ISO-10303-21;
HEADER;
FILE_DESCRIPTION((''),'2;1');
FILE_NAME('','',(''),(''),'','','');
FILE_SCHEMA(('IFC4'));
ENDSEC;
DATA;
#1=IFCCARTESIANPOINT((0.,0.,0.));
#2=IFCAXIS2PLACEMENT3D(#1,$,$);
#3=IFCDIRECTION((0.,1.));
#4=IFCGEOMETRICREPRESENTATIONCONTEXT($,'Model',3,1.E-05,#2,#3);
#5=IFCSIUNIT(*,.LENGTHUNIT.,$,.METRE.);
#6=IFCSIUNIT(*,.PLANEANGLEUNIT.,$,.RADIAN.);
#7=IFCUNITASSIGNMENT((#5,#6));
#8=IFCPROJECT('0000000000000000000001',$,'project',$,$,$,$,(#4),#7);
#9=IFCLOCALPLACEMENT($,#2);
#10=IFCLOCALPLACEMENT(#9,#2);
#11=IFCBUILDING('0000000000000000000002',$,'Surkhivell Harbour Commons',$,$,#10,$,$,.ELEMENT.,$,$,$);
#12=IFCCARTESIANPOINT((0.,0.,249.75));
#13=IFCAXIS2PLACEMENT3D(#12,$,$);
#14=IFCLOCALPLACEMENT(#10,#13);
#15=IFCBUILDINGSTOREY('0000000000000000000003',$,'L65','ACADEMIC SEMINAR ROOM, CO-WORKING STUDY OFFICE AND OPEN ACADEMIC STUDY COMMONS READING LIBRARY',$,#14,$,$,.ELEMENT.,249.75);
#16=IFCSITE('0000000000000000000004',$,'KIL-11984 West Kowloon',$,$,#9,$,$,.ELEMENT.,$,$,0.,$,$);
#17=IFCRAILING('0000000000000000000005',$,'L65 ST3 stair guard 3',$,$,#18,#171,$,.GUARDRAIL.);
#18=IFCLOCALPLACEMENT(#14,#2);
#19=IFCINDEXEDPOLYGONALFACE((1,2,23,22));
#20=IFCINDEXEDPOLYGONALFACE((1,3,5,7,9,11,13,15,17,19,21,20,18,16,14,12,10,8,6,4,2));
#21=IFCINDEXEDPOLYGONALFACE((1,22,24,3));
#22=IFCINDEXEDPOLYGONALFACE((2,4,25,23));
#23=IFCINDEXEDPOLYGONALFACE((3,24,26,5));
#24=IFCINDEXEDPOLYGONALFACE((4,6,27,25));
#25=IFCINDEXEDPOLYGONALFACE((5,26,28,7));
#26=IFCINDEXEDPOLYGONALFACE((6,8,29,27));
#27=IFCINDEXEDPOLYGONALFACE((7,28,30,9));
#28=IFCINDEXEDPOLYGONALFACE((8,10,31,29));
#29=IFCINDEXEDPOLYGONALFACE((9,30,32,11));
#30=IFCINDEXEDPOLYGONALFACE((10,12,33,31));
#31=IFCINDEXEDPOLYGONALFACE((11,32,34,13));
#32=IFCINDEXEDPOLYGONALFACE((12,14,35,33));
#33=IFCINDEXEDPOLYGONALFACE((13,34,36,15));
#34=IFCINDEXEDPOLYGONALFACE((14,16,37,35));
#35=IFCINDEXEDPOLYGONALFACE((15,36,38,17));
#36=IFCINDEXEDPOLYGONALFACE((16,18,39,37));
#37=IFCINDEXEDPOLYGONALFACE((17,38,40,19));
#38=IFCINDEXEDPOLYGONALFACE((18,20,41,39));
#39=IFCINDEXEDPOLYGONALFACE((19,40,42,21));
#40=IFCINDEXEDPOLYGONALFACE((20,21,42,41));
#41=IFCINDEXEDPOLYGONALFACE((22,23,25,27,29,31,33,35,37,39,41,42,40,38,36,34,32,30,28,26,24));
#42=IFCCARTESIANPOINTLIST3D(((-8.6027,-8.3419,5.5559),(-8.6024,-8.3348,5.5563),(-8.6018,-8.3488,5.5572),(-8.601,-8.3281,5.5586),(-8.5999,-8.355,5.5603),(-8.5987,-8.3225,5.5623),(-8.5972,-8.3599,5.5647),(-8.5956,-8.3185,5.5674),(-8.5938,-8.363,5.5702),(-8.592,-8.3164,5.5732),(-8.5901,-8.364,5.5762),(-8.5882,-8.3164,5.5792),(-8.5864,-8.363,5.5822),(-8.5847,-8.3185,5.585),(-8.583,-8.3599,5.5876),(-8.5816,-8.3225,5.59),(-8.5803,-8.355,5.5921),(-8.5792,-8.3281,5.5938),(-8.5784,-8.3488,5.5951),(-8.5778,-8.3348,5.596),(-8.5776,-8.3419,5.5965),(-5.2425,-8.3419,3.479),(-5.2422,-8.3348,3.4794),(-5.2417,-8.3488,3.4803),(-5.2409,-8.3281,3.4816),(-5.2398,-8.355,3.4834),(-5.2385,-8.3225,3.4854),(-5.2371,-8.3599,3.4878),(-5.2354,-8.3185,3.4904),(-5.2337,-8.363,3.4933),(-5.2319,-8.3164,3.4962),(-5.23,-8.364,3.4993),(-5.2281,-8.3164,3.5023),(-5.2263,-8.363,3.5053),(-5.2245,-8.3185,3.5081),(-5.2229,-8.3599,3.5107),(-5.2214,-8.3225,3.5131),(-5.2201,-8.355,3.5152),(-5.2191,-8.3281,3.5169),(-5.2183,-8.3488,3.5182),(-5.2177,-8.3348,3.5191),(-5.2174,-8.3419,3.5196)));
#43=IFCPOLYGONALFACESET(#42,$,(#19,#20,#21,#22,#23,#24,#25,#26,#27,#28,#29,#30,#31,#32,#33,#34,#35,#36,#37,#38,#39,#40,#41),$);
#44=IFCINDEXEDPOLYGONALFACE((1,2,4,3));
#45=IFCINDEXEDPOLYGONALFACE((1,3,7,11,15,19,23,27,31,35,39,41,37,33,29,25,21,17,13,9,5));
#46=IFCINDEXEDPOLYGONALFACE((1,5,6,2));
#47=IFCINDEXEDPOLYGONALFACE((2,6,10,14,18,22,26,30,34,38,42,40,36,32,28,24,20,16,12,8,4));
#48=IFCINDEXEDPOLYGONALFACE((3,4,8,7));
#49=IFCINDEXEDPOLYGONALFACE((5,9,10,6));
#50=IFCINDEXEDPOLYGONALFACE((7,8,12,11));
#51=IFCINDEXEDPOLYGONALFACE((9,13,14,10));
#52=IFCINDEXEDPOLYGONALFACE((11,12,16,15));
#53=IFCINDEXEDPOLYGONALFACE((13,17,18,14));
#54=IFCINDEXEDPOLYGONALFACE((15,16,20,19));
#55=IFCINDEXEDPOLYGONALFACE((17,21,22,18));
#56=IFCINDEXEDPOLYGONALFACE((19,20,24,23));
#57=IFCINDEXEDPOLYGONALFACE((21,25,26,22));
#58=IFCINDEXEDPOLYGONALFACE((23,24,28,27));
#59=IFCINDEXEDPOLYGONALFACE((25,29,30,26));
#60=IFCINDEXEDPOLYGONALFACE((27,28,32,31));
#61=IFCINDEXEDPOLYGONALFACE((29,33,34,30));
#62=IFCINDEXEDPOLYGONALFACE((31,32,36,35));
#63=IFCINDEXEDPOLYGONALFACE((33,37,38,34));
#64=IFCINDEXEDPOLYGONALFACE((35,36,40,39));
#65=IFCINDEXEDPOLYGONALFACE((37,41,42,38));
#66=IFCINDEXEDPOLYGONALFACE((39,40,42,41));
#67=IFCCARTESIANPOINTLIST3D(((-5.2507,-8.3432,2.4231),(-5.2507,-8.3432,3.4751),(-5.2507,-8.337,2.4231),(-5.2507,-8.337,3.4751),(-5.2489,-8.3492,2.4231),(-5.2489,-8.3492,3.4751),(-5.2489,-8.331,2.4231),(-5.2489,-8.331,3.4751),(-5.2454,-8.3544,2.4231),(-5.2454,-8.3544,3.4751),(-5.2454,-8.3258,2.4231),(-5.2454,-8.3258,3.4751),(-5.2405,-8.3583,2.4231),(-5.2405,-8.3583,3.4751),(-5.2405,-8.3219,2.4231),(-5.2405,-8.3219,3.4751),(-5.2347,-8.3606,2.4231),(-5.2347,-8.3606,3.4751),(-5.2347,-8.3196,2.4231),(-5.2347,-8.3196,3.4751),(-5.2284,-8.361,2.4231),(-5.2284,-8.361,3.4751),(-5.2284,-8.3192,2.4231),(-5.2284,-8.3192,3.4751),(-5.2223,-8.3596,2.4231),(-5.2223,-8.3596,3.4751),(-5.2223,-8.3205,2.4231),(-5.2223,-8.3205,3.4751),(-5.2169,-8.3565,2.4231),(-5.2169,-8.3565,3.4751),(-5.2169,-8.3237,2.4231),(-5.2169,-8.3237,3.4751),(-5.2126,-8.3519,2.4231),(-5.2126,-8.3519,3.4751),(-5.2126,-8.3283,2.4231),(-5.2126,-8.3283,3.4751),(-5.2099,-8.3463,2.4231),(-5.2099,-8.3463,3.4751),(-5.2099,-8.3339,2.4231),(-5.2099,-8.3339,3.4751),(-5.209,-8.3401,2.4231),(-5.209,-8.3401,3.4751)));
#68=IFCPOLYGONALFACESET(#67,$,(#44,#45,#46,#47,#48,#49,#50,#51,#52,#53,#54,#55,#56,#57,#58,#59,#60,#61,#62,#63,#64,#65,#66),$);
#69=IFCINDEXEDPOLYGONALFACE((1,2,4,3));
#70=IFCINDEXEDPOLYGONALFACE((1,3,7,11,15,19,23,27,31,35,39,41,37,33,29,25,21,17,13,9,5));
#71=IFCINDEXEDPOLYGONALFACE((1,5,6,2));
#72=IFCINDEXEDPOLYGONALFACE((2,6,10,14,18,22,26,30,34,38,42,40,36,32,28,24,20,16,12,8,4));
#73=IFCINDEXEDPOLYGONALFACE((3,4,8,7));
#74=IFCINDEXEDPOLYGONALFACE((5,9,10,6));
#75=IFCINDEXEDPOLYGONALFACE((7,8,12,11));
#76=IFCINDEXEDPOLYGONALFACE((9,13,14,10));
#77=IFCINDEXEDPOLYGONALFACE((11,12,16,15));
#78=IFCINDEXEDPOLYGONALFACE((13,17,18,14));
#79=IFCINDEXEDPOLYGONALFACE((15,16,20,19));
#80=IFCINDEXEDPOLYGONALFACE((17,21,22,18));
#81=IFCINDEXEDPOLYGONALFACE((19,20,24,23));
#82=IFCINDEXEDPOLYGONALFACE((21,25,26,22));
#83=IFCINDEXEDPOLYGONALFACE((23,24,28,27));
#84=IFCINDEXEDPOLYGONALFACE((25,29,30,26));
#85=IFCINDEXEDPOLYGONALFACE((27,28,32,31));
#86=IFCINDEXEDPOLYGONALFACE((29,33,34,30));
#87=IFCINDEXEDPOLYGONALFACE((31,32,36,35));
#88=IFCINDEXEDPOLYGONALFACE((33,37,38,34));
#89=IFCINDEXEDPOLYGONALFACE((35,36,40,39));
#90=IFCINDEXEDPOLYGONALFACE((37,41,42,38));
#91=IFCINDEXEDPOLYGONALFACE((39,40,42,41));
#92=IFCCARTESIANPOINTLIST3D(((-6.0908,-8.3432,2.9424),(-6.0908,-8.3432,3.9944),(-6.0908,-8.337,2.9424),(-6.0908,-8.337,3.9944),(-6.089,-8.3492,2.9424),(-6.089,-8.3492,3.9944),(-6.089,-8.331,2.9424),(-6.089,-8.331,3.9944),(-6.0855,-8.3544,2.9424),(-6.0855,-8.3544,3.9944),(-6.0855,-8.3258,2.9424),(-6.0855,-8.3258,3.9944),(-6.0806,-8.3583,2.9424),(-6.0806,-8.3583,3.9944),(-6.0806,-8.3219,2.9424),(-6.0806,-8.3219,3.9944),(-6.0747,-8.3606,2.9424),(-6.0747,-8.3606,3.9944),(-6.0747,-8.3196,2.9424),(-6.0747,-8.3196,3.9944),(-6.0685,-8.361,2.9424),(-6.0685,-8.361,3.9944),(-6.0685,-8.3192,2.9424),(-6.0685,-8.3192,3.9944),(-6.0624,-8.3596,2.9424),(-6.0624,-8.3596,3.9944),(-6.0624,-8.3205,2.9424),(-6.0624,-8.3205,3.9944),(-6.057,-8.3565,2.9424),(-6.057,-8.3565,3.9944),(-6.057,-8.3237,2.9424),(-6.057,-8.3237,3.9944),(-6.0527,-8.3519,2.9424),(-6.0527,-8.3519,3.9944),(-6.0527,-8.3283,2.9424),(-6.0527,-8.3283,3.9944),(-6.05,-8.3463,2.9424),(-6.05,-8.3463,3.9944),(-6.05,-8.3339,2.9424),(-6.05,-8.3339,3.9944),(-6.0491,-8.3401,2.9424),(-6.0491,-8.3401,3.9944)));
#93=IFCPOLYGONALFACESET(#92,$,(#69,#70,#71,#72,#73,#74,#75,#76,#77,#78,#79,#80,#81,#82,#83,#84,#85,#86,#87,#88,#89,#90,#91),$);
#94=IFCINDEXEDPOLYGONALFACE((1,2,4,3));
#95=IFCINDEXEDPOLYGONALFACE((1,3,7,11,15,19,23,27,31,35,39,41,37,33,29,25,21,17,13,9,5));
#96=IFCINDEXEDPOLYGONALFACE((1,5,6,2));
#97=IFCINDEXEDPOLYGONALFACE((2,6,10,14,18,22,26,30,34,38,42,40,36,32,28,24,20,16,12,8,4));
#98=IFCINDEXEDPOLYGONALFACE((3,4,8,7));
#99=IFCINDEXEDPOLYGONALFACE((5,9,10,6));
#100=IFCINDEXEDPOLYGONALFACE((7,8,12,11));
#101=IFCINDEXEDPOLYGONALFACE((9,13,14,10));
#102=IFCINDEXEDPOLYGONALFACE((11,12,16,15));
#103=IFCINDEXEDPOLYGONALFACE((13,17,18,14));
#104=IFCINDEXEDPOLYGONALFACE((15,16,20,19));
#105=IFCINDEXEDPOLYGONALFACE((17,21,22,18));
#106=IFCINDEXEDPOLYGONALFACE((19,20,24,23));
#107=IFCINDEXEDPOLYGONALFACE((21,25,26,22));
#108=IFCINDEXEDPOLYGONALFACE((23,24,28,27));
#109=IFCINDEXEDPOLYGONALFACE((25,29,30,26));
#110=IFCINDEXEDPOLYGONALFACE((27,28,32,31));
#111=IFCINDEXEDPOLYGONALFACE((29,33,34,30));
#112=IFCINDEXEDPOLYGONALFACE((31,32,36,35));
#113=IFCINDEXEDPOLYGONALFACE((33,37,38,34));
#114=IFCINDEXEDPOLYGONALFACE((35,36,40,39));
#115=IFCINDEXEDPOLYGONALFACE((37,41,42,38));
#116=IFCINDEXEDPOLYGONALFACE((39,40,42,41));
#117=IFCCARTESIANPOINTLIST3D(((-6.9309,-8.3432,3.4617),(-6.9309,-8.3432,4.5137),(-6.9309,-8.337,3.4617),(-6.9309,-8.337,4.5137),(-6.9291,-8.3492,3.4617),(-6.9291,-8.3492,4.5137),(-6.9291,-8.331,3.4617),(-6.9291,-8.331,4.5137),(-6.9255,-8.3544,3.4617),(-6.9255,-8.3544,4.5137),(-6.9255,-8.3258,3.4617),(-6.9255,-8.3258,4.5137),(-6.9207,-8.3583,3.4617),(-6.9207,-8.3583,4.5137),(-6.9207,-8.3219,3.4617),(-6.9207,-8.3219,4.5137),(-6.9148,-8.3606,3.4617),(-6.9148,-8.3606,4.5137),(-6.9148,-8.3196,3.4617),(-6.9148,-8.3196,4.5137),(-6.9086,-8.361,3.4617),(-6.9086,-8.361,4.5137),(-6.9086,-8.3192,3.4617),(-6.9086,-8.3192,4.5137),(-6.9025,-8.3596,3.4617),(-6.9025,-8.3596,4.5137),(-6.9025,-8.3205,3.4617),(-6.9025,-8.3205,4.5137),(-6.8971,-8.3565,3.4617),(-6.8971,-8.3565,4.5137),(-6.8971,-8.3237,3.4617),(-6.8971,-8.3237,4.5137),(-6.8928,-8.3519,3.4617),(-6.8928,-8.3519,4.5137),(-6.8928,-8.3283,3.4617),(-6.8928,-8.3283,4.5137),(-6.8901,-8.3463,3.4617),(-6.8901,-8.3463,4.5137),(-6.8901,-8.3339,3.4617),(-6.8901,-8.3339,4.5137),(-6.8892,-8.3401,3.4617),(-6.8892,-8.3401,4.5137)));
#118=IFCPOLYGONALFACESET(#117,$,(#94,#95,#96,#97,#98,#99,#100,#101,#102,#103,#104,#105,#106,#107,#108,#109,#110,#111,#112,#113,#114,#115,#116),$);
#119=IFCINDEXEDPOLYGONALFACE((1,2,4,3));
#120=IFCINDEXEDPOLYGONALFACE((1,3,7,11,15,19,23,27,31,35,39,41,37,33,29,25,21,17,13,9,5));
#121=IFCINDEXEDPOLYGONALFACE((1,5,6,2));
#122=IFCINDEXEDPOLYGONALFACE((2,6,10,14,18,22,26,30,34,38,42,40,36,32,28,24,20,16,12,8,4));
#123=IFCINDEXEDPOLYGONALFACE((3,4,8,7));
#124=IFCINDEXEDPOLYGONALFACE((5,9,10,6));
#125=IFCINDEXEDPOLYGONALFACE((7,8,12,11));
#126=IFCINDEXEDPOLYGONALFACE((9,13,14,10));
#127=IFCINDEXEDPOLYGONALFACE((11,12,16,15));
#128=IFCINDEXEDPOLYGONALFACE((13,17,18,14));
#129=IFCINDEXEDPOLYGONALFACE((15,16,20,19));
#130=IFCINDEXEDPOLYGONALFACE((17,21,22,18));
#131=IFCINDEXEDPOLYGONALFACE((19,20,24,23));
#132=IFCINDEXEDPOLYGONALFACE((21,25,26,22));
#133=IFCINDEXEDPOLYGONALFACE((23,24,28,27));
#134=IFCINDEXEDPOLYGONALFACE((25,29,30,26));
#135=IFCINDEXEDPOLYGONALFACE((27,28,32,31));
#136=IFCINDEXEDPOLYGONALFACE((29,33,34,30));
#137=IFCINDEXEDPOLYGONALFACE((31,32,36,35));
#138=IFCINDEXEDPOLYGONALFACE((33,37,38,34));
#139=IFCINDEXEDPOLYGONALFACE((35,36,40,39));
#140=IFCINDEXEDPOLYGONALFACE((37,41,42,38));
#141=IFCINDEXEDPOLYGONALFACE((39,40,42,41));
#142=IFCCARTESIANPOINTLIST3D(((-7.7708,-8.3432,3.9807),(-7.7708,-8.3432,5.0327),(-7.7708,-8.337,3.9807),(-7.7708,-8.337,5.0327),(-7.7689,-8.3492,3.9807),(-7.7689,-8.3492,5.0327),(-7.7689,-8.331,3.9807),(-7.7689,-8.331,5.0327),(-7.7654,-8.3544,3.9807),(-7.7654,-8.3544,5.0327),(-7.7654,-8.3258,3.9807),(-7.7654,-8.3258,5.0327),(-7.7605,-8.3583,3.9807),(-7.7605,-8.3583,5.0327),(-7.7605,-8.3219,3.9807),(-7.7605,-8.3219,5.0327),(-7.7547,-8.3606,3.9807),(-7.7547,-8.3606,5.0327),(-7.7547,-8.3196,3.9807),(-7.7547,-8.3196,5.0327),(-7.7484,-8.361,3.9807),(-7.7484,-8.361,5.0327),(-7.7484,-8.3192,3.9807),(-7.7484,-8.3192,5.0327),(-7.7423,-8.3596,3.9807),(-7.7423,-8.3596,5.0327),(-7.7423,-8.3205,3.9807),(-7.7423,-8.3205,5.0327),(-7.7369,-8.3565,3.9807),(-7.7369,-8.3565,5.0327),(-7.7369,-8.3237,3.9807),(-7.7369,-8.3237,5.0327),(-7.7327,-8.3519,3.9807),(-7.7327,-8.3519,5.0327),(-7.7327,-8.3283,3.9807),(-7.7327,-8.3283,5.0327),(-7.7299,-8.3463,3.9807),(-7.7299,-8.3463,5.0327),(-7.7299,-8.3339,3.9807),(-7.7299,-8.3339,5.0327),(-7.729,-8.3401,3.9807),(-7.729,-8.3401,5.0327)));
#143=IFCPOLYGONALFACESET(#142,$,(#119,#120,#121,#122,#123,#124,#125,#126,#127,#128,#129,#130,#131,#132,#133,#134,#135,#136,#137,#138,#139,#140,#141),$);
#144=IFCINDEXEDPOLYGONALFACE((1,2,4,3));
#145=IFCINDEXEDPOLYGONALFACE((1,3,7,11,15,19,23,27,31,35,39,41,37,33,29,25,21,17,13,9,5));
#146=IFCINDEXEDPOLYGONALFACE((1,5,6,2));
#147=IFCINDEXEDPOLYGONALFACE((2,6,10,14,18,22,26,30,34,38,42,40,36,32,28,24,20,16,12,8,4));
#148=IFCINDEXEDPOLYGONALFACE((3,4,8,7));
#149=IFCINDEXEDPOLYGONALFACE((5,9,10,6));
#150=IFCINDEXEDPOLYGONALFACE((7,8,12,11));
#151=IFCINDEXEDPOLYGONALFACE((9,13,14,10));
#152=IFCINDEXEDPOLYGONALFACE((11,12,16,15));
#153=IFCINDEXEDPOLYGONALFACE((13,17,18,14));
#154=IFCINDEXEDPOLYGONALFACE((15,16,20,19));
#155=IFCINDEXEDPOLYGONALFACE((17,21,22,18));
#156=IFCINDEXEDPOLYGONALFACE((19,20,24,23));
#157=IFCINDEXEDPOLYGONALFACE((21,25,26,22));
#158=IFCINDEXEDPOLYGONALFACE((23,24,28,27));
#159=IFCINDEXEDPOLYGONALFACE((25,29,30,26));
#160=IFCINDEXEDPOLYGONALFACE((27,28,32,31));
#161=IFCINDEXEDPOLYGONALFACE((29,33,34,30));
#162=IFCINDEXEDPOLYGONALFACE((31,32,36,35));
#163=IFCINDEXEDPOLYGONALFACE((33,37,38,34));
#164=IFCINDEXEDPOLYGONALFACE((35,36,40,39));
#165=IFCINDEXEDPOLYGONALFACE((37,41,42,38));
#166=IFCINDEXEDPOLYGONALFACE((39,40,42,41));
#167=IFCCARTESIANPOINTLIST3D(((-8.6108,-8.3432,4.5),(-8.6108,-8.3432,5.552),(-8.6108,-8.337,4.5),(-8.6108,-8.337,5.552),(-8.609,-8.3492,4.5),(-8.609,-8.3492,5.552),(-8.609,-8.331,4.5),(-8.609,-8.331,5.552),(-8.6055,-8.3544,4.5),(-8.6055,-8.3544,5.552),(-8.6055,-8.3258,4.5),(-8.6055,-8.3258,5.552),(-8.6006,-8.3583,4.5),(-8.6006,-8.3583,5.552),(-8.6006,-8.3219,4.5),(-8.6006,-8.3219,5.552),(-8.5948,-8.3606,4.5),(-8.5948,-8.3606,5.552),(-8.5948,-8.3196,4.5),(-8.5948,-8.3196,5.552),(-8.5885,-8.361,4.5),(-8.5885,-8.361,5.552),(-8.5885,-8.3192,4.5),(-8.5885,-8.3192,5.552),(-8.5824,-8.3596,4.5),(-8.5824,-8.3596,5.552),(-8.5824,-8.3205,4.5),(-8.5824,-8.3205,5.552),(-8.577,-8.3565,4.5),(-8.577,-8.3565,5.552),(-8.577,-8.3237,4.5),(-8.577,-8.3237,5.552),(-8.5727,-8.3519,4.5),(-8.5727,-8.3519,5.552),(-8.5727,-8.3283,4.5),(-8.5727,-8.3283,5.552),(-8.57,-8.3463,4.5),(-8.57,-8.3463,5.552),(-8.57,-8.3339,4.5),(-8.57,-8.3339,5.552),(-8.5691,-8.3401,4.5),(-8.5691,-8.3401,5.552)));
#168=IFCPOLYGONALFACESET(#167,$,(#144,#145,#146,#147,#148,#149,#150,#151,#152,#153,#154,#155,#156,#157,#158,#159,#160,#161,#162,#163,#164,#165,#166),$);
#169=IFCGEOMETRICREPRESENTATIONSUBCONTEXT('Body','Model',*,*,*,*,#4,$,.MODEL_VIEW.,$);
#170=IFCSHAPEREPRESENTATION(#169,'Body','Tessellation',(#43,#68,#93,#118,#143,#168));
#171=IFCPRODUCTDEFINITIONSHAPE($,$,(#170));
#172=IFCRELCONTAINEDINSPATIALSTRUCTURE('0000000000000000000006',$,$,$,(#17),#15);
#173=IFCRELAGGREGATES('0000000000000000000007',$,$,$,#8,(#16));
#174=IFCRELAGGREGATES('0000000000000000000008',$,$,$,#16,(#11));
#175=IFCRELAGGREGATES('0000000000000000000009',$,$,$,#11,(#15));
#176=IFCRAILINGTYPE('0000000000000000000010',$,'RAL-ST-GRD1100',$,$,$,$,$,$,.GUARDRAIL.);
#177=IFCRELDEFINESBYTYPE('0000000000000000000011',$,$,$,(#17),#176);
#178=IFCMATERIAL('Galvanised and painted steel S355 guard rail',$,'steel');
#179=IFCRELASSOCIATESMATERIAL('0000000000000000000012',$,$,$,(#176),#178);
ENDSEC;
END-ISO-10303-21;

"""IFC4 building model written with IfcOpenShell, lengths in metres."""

from ifc_helpers import new_model, si_unit, direction, frame, origin, origin_2d, place, context, subcontext, project, spatial, circle, extrude, material, type_object, element, save


model = new_model("IFC4")

# Units and contexts
model_context = context("Model", 3, precision=1e-05, world=origin(), true_north=direction((0.0, 1.0)))
body_context = subcontext(model_context, "Body", "Model", "MODEL_VIEW")
ifc_project = project(units=[si_unit("LENGTHUNIT", "METRE"), si_unit("PLANEANGLEUNIT", "RADIAN")], contexts=[model_context])

# Site, building, storey
site_placement = place(None, origin())
site = spatial("IfcSite", under=ifc_project, at=site_placement, Name="KIL-11984 West Kowloon", CompositionType="ELEMENT", RefElevation=0.0)
building_placement = place(site_placement, origin())
building = spatial("IfcBuilding", under=site, at=building_placement, Name="Surkhivell Harbour Commons", CompositionType="ELEMENT")
storey_placement = place(building_placement, frame((0.0, 0.0, 249.75)))
storey = spatial("IfcBuildingStorey", under=building, at=storey_placement, Name="L65", Description="ACADEMIC SEMINAR ROOM, CO-WORKING STUDY OFFICE AND OPEN ACADEMIC STUDY COMMONS READING LIBRARY", CompositionType="ELEMENT", Elevation=249.75)

# Railing
ifc_material_1 = material(Name="Galvanised and painted steel S355 guard rail", Category="steel")
railing_type_1 = type_object("IfcRailingType", Name="RAL-ST-GRD1100", PredefinedType="GUARDRAIL", material=ifc_material_1)
railing_1_placement = place(storey_placement, frame((-5.23, -8.3401, 2.4231)))
element("IfcRailing", 1, at=railing_1_placement, inside=storey, type_object=railing_type_1, Name="L65 ST3 stair guard 3", PredefinedType="GUARDRAIL", context=body_context, shape_type="SweptSolid", body=[
    extrude(circle(Radius=0.0239, at=origin_2d()), frame((0.0, 0.0, 1.0762), z_axis=(-0.850623, 0.0, 0.525776), x_axis=(0.0, -1.0, 0.0)), (0.0, 0.0, 1.0), 3.9502),
    extrude(circle(Radius=0.021, at=origin_2d()), origin(), (0.0, 0.0, 1.0), 1.052),
    extrude(circle(Radius=0.021, at=origin_2d()), frame((-0.8401, 0.0, 0.5193)), (0.0, 0.0, 1.0), 1.052),
    extrude(circle(Radius=0.021, at=origin_2d()), frame((-1.6802, 0.0, 1.0386)), (0.0, 0.0, 1.0), 1.052),
    extrude(circle(Radius=0.021, at=origin_2d()), frame((-2.52, 0.0, 1.5576)), (0.0, 0.0, 1.0), 1.052),
    extrude(circle(Radius=0.021, at=origin_2d()), frame((-3.3601, 0.0, 2.0769)), (0.0, 0.0, 1.0), 1.052),
])

save(model, "model.ifc")
